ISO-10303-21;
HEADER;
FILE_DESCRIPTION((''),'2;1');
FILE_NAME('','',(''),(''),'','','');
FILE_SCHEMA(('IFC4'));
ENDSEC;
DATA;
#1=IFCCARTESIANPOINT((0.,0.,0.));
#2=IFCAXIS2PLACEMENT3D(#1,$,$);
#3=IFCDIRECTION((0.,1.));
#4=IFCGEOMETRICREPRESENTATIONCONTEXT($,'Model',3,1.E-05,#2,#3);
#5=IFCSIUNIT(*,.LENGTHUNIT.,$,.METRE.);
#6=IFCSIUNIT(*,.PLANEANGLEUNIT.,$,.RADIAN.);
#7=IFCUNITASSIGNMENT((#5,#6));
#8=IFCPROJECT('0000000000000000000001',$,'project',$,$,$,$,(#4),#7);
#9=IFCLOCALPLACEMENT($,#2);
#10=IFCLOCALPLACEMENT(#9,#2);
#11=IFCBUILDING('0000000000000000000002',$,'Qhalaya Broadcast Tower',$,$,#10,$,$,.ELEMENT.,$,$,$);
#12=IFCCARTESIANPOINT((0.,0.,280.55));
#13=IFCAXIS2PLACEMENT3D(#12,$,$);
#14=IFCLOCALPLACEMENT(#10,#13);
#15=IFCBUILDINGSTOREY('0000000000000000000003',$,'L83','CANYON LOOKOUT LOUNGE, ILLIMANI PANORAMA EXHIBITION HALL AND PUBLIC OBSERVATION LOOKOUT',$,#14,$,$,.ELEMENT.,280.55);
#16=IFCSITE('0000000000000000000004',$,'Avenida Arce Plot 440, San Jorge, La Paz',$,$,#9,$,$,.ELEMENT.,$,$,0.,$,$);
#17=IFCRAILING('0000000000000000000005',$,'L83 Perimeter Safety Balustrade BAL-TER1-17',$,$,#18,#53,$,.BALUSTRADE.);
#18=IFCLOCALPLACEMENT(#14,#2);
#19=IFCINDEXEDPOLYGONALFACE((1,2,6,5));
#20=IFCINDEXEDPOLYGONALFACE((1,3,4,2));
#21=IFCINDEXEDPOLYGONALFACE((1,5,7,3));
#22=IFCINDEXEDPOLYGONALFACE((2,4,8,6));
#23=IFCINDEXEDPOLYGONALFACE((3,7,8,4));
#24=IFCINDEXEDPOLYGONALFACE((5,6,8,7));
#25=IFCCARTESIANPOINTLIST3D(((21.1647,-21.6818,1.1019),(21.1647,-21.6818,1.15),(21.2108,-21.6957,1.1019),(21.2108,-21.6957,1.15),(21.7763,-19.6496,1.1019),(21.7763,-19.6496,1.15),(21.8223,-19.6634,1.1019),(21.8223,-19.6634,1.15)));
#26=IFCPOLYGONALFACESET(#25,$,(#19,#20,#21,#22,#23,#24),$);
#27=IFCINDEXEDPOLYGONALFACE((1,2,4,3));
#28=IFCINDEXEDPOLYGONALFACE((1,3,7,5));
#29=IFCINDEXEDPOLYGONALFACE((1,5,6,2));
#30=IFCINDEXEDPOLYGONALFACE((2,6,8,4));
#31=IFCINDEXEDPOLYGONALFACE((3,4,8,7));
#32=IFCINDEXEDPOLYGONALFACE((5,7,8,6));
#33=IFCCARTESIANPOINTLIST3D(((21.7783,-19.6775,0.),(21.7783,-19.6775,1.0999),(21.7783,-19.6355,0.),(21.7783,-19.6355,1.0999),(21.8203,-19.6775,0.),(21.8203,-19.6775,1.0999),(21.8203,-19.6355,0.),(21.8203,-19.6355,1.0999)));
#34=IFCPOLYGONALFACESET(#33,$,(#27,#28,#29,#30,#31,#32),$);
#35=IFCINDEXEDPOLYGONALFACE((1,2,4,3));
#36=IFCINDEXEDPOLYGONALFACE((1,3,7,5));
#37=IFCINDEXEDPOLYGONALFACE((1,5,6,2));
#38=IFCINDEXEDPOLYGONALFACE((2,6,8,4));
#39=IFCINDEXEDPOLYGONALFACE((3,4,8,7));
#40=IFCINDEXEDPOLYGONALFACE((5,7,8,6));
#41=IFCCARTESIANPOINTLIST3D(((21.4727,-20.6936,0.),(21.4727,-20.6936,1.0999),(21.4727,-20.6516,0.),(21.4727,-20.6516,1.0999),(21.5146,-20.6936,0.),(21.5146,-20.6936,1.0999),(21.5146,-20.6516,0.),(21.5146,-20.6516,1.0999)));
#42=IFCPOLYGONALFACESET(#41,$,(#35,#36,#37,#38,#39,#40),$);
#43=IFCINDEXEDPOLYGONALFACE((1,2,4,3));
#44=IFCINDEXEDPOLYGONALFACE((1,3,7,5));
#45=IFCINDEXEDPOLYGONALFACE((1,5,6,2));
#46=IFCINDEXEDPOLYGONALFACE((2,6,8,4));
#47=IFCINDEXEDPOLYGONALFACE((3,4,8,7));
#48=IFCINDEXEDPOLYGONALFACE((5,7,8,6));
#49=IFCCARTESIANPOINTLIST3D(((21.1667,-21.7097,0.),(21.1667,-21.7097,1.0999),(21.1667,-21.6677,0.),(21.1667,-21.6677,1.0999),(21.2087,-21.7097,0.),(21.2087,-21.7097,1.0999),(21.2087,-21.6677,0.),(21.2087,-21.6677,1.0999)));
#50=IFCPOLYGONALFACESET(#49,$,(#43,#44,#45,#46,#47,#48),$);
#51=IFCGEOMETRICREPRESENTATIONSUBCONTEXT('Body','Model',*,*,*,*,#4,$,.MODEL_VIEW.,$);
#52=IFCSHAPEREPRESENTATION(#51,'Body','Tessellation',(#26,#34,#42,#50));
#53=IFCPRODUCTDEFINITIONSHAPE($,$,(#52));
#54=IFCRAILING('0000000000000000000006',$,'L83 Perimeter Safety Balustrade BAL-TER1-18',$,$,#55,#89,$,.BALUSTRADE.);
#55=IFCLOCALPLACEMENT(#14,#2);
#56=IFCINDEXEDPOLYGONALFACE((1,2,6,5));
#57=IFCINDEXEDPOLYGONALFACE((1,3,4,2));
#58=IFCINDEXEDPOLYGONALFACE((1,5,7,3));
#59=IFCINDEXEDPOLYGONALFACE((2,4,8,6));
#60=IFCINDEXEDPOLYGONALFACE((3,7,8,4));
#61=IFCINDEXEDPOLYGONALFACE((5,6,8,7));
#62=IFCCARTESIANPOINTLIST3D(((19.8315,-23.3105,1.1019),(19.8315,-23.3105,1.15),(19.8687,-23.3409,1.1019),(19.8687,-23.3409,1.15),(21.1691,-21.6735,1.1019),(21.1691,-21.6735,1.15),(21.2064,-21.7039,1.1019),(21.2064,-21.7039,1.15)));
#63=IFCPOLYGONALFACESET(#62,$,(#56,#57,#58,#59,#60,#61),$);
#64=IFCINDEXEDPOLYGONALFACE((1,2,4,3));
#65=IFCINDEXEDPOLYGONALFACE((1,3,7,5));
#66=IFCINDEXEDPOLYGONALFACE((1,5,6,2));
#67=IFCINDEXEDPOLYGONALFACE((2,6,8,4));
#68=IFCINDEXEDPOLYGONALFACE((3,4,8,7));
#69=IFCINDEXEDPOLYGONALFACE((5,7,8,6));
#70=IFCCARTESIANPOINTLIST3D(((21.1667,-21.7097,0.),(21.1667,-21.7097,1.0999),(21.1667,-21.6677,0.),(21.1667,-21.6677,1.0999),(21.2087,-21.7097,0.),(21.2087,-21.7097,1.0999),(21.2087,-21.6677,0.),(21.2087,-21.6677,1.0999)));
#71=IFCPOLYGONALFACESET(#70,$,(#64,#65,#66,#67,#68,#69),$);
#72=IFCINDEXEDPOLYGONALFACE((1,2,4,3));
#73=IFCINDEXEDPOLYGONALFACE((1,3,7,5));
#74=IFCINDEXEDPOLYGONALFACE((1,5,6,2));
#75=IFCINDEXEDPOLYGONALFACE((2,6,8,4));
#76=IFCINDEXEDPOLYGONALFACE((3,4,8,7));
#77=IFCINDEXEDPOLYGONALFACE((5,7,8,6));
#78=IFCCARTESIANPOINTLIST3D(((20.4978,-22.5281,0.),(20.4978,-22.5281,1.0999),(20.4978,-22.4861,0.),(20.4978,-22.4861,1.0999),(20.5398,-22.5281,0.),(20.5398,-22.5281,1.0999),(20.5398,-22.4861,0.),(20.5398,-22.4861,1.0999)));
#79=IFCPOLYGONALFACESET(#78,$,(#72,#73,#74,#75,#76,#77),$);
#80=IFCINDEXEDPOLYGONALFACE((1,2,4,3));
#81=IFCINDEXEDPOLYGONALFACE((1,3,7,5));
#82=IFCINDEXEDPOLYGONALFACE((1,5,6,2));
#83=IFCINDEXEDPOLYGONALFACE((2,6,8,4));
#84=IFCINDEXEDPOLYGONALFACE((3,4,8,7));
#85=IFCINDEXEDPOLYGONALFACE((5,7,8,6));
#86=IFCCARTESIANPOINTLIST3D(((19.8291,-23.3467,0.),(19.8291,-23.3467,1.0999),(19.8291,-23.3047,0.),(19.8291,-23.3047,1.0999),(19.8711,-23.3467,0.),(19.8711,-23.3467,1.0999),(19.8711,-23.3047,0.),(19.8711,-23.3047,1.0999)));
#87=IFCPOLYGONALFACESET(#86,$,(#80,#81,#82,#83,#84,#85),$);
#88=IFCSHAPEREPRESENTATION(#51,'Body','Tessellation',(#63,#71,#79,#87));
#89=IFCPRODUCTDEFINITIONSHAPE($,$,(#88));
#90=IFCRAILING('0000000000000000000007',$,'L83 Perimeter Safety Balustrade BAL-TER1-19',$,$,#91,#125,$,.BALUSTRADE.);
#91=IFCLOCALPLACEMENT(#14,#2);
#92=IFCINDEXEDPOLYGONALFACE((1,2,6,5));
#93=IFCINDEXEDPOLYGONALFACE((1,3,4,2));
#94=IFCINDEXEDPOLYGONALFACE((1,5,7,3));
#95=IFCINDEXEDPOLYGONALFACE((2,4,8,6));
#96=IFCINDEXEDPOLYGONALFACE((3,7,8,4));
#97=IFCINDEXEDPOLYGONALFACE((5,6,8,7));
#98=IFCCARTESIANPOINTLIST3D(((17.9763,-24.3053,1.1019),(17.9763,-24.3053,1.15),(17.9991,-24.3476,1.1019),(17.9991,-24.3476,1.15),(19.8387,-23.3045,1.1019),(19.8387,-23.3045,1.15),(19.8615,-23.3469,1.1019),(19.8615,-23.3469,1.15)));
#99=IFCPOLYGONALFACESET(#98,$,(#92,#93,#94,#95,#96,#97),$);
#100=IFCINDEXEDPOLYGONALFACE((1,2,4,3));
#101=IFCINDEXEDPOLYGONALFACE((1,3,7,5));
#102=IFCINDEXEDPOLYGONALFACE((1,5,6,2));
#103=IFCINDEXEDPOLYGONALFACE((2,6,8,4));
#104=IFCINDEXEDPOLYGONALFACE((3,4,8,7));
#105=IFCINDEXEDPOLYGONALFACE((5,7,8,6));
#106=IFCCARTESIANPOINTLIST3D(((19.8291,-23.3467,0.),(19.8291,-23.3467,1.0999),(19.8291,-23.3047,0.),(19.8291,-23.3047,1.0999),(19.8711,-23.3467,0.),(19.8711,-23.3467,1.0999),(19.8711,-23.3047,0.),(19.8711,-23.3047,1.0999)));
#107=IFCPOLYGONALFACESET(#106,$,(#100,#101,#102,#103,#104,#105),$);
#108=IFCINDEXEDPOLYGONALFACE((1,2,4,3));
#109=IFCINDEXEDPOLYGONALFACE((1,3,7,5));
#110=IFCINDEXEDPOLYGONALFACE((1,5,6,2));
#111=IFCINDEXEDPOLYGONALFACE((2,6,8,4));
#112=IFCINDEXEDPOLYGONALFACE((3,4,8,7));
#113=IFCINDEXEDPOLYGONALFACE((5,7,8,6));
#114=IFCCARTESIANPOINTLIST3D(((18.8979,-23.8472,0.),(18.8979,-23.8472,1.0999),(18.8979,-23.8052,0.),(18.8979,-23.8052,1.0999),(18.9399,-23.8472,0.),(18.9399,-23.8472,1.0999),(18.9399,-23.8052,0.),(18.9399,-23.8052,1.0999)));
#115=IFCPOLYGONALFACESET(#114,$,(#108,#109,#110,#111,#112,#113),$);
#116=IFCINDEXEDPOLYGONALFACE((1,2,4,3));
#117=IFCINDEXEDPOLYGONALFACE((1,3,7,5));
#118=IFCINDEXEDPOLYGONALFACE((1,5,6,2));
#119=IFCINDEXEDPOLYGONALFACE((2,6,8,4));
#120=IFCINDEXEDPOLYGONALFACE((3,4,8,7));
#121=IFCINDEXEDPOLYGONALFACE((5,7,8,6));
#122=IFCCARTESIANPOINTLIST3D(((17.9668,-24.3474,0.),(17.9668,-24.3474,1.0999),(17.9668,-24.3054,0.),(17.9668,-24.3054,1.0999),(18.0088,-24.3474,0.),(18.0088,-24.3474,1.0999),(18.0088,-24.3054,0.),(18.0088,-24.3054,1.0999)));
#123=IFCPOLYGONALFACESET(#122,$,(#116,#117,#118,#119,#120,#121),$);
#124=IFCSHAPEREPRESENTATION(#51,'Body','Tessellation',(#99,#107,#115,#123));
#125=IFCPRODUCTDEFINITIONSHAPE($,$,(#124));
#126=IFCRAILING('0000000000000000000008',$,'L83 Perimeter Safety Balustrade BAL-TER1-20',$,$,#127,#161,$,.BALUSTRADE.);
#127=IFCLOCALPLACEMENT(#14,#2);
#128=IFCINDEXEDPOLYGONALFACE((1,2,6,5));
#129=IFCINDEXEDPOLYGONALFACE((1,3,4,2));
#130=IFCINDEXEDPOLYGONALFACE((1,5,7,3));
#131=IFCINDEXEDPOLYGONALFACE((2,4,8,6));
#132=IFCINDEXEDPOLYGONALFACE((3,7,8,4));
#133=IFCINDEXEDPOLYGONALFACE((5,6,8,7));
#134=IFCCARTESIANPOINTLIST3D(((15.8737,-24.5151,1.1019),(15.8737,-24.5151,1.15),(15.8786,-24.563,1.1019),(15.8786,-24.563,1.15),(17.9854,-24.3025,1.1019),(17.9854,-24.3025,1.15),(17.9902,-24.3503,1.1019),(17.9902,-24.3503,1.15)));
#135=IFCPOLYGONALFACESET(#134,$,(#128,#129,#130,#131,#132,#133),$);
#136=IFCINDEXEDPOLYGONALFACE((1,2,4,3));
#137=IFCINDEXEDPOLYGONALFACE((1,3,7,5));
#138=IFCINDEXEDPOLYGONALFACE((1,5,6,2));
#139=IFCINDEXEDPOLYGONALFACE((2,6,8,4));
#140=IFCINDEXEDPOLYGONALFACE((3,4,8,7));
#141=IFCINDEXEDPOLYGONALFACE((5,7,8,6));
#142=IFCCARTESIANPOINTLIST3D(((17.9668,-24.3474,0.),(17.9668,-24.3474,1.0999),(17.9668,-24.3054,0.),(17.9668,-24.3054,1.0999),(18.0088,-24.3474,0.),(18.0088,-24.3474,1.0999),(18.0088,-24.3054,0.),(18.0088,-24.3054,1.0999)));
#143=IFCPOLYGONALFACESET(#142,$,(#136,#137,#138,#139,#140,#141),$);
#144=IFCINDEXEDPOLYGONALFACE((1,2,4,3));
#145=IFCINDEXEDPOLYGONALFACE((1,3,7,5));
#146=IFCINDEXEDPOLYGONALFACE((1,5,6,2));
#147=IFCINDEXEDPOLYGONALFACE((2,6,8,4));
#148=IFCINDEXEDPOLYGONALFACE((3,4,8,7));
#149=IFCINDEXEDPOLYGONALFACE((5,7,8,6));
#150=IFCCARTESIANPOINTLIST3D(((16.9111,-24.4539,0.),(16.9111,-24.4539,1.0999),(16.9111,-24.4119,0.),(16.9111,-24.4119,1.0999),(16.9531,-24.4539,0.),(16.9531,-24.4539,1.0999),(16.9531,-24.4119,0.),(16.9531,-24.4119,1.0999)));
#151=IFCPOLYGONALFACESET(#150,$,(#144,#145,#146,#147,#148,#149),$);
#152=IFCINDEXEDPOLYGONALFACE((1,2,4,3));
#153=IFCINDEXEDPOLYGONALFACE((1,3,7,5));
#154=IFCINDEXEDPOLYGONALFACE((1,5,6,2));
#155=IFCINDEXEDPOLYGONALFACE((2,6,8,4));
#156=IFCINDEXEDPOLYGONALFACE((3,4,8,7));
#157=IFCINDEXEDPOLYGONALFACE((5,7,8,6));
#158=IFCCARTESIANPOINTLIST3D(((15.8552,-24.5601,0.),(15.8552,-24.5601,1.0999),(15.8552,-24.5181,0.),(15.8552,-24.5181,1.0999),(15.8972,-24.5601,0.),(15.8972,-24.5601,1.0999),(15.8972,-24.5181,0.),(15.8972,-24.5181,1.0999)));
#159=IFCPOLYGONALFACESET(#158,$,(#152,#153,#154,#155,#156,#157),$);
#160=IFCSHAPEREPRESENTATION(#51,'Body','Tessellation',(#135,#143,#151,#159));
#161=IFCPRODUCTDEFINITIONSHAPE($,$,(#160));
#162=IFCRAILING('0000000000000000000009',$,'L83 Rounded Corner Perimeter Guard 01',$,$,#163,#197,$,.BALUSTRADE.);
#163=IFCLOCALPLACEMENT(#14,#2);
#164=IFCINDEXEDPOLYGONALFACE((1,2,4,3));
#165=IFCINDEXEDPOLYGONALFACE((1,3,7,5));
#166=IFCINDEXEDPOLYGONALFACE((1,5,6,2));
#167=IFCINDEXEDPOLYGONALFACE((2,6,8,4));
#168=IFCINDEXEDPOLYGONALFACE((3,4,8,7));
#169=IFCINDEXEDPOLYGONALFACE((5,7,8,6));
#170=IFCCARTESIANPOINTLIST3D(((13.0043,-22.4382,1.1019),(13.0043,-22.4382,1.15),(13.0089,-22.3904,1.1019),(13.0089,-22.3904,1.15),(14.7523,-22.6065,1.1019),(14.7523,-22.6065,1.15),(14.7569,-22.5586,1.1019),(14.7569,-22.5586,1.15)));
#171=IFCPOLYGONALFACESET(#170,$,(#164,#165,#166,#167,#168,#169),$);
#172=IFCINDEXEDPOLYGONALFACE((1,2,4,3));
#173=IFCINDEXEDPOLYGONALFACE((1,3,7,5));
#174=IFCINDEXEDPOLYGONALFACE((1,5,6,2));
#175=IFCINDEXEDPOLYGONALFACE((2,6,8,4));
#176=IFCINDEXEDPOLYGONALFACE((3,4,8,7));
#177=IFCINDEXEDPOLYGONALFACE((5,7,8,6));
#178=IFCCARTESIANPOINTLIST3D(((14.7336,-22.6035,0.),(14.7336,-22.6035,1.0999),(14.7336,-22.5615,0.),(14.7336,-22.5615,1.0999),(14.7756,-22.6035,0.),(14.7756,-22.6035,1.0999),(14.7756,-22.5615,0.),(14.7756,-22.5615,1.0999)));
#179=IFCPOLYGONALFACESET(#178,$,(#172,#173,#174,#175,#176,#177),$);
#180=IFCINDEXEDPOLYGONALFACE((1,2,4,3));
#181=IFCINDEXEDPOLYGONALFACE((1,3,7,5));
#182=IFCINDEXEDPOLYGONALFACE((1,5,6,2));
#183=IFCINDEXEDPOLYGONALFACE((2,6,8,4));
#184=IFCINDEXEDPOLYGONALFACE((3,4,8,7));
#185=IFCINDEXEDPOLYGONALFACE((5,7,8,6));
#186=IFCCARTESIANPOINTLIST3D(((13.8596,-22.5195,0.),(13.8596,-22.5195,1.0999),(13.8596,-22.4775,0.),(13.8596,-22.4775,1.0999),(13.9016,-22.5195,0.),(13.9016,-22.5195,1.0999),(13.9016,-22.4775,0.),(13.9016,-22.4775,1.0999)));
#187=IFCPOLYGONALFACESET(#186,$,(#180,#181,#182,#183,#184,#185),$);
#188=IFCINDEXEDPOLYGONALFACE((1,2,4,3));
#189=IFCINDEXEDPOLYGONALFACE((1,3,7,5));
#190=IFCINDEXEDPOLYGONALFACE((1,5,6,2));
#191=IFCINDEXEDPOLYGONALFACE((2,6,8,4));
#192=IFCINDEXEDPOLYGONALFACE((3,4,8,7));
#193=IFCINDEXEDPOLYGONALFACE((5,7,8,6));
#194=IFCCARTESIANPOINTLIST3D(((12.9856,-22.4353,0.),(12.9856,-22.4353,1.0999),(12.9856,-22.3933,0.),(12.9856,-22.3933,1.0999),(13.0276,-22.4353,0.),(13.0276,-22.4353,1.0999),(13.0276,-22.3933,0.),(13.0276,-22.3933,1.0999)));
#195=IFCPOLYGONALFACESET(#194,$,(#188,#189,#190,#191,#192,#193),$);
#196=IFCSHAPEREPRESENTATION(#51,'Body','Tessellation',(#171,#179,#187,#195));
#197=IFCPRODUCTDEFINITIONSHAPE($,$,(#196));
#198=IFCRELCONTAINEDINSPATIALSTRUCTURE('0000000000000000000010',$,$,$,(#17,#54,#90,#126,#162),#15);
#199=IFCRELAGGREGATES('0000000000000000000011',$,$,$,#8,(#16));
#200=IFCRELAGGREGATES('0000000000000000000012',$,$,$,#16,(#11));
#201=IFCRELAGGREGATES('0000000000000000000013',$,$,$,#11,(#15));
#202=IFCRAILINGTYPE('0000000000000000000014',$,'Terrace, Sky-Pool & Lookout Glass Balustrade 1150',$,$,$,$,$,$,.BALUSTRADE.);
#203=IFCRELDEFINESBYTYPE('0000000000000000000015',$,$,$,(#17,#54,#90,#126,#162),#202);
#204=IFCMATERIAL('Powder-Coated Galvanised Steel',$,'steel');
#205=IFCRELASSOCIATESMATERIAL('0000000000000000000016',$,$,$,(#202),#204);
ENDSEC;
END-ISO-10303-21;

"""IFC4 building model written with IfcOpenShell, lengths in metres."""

from ifc_helpers import new_model, si_unit, direction, frame, origin, origin_2d, place, context, subcontext, project, spatial, rectangle, extrude, material, type_object, element, save


model = new_model("IFC4")

# Units and contexts
model_context = context("Model", 3, precision=1e-05, world=origin(), true_north=direction((0.0, 1.0)))
body_context = subcontext(model_context, "Body", "Model", "MODEL_VIEW")
ifc_project = project(units=[si_unit("LENGTHUNIT", "METRE"), si_unit("PLANEANGLEUNIT", "RADIAN")], contexts=[model_context])

# Site, building, storey
site_placement = place(None, origin())
site = spatial("IfcSite", under=ifc_project, at=site_placement, Name="Avenida Arce Plot 440, San Jorge, La Paz", CompositionType="ELEMENT", RefElevation=0.0)
building_placement = place(site_placement, origin())
building = spatial("IfcBuilding", under=site, at=building_placement, Name="Qhalaya Broadcast Tower", CompositionType="ELEMENT")
storey_placement = place(building_placement, frame((0.0, 0.0, 280.55)))
storey = spatial("IfcBuildingStorey", under=building, at=storey_placement, Name="L83", Description="CANYON LOOKOUT LOUNGE, ILLIMANI PANORAMA EXHIBITION HALL AND PUBLIC OBSERVATION LOOKOUT", CompositionType="ELEMENT", Elevation=280.55)

# Railings
ifc_material_1 = material(Name="Powder-Coated Galvanised Steel", Category="steel")
railing_type = type_object("IfcRailingType", Name="Terrace, Sky-Pool & Lookout Glass Balustrade 1150", PredefinedType="BALUSTRADE", material=ifc_material_1)
railing_1_placement = place(storey_placement, frame((21.7993, -19.6565, 0.0)))
element("IfcRailing", 1, at=railing_1_placement, inside=storey, type_object=railing_type, Name="L83 Perimeter Safety Balustrade BAL-TER1-17", PredefinedType="BALUSTRADE", context=body_context, shape_type="SweptSolid", body=[
    extrude(rectangle(XDim=0.0481, YDim=0.0481, at=origin_2d()), frame((0.0, 0.0, 1.126), z_axis=(-0.288171, -0.957579, 0.0), x_axis=(0.957579, -0.288171, 0.0)), (0.0, 0.0, 1.0), 2.1223),
    extrude(rectangle(XDim=0.042, YDim=0.042, at=origin_2d()), origin(), (0.0, 0.0, 1.0), 1.0999),
    extrude(rectangle(XDim=0.042, YDim=0.042, at=origin_2d()), frame((-0.3057, -1.0161, 0.0)), (0.0, 0.0, 1.0), 1.0999),
    extrude(rectangle(XDim=0.042, YDim=0.042, at=origin_2d()), frame((-0.6116, -2.0322, 0.0)), (0.0, 0.0, 1.0), 1.0999),
])
railing_2_placement = place(storey_placement, frame((21.1877, -21.6887, 0.0)))
element("IfcRailing", 2, at=railing_2_placement, inside=storey, type_object=railing_type, Name="L83 Perimeter Safety Balustrade BAL-TER1-18", PredefinedType="BALUSTRADE", context=body_context, shape_type="SweptSolid", body=[
    extrude(rectangle(XDim=0.0481, YDim=0.0481, at=origin_2d()), frame((0.0, 0.0, 1.126), z_axis=(-0.63276, -0.774348, 0.0), x_axis=(0.774348, -0.63276, 0.0)), (0.0, 0.0, 1.0), 2.114),
    extrude(rectangle(XDim=0.042, YDim=0.042, at=origin_2d()), origin(), (0.0, 0.0, 1.0), 1.0999),
    extrude(rectangle(XDim=0.042, YDim=0.042, at=origin_2d()), frame((-0.6689, -0.8184, 0.0)), (0.0, 0.0, 1.0), 1.0999),
    extrude(rectangle(XDim=0.042, YDim=0.042, at=origin_2d()), frame((-1.3376, -1.637, 0.0)), (0.0, 0.0, 1.0), 1.0999),
])
railing_3_placement = place(storey_placement, frame((19.8501, -23.3257, 0.0)))
element("IfcRailing", 3, at=railing_3_placement, inside=storey, type_object=railing_type, Name="L83 Perimeter Safety Balustrade BAL-TER1-19", PredefinedType="BALUSTRADE", context=body_context, shape_type="SweptSolid", body=[
    extrude(rectangle(XDim=0.0481, YDim=0.0481, at=origin_2d()), frame((0.0, 0.0, 1.126), z_axis=(-0.880875, -0.473349, 0.0), x_axis=(0.473349, -0.880875, 0.0)), (0.0, 0.0, 1.0), 2.1143),
    extrude(rectangle(XDim=0.042, YDim=0.042, at=origin_2d()), origin(), (0.0, 0.0, 1.0), 1.0999),
    extrude(rectangle(XDim=0.042, YDim=0.042, at=origin_2d()), frame((-0.9312, -0.5005, 0.0)), (0.0, 0.0, 1.0), 1.0999),
    extrude(rectangle(XDim=0.042, YDim=0.042, at=origin_2d()), frame((-1.8623, -1.0007, 0.0)), (0.0, 0.0, 1.0), 1.0999),
])
railing_4_placement = place(storey_placement, frame((17.9878, -24.3264, 0.0)))
element("IfcRailing", 4, at=railing_4_placement, inside=storey, type_object=railing_type, Name="L83 Perimeter Safety Balustrade BAL-TER1-20", PredefinedType="BALUSTRADE", context=body_context, shape_type="SweptSolid", body=[
    extrude(rectangle(XDim=0.0481, YDim=0.0481, at=origin_2d()), frame((0.0, 0.0, 1.126), z_axis=(-0.994967, -0.100198, 0.0), x_axis=(0.100198, -0.994967, 0.0)), (0.0, 0.0, 1.0), 2.1223),
    extrude(rectangle(XDim=0.042, YDim=0.042, at=origin_2d()), origin(), (0.0, 0.0, 1.0), 1.0999),
    extrude(rectangle(XDim=0.042, YDim=0.042, at=origin_2d()), frame((-1.0557, -0.1064, 0.0)), (0.0, 0.0, 1.0), 1.0999),
    extrude(rectangle(XDim=0.042, YDim=0.042, at=origin_2d()), frame((-2.1116, -0.2126, 0.0)), (0.0, 0.0, 1.0), 1.0999),
])
railing_5_placement = place(storey_placement, frame((14.7546, -22.5825, 0.0)))
element("IfcRailing", 5, at=railing_5_placement, inside=storey, type_object=railing_type, Name="L83 Rounded Corner Perimeter Guard 01", PredefinedType="BALUSTRADE", context=body_context, shape_type="SweptSolid", body=[
    extrude(rectangle(XDim=0.0481, YDim=0.0481, at=origin_2d()), frame((0.0, 0.0, 1.126), z_axis=(-0.995402, 0.095787, 0.0), x_axis=(-0.095787, -0.995402, 0.0)), (0.0, 0.0, 1.0), 1.7561),
    extrude(rectangle(XDim=0.042, YDim=0.042, at=origin_2d()), origin(), (0.0, 0.0, 1.0), 1.0999),
    extrude(rectangle(XDim=0.042, YDim=0.042, at=origin_2d()), frame((-0.874, 0.084, 0.0)), (0.0, 0.0, 1.0), 1.0999),
    extrude(rectangle(XDim=0.042, YDim=0.042, at=origin_2d()), frame((-1.748, 0.1682, 0.0)), (0.0, 0.0, 1.0), 1.0999),
])

save(model, "model.ifc")
